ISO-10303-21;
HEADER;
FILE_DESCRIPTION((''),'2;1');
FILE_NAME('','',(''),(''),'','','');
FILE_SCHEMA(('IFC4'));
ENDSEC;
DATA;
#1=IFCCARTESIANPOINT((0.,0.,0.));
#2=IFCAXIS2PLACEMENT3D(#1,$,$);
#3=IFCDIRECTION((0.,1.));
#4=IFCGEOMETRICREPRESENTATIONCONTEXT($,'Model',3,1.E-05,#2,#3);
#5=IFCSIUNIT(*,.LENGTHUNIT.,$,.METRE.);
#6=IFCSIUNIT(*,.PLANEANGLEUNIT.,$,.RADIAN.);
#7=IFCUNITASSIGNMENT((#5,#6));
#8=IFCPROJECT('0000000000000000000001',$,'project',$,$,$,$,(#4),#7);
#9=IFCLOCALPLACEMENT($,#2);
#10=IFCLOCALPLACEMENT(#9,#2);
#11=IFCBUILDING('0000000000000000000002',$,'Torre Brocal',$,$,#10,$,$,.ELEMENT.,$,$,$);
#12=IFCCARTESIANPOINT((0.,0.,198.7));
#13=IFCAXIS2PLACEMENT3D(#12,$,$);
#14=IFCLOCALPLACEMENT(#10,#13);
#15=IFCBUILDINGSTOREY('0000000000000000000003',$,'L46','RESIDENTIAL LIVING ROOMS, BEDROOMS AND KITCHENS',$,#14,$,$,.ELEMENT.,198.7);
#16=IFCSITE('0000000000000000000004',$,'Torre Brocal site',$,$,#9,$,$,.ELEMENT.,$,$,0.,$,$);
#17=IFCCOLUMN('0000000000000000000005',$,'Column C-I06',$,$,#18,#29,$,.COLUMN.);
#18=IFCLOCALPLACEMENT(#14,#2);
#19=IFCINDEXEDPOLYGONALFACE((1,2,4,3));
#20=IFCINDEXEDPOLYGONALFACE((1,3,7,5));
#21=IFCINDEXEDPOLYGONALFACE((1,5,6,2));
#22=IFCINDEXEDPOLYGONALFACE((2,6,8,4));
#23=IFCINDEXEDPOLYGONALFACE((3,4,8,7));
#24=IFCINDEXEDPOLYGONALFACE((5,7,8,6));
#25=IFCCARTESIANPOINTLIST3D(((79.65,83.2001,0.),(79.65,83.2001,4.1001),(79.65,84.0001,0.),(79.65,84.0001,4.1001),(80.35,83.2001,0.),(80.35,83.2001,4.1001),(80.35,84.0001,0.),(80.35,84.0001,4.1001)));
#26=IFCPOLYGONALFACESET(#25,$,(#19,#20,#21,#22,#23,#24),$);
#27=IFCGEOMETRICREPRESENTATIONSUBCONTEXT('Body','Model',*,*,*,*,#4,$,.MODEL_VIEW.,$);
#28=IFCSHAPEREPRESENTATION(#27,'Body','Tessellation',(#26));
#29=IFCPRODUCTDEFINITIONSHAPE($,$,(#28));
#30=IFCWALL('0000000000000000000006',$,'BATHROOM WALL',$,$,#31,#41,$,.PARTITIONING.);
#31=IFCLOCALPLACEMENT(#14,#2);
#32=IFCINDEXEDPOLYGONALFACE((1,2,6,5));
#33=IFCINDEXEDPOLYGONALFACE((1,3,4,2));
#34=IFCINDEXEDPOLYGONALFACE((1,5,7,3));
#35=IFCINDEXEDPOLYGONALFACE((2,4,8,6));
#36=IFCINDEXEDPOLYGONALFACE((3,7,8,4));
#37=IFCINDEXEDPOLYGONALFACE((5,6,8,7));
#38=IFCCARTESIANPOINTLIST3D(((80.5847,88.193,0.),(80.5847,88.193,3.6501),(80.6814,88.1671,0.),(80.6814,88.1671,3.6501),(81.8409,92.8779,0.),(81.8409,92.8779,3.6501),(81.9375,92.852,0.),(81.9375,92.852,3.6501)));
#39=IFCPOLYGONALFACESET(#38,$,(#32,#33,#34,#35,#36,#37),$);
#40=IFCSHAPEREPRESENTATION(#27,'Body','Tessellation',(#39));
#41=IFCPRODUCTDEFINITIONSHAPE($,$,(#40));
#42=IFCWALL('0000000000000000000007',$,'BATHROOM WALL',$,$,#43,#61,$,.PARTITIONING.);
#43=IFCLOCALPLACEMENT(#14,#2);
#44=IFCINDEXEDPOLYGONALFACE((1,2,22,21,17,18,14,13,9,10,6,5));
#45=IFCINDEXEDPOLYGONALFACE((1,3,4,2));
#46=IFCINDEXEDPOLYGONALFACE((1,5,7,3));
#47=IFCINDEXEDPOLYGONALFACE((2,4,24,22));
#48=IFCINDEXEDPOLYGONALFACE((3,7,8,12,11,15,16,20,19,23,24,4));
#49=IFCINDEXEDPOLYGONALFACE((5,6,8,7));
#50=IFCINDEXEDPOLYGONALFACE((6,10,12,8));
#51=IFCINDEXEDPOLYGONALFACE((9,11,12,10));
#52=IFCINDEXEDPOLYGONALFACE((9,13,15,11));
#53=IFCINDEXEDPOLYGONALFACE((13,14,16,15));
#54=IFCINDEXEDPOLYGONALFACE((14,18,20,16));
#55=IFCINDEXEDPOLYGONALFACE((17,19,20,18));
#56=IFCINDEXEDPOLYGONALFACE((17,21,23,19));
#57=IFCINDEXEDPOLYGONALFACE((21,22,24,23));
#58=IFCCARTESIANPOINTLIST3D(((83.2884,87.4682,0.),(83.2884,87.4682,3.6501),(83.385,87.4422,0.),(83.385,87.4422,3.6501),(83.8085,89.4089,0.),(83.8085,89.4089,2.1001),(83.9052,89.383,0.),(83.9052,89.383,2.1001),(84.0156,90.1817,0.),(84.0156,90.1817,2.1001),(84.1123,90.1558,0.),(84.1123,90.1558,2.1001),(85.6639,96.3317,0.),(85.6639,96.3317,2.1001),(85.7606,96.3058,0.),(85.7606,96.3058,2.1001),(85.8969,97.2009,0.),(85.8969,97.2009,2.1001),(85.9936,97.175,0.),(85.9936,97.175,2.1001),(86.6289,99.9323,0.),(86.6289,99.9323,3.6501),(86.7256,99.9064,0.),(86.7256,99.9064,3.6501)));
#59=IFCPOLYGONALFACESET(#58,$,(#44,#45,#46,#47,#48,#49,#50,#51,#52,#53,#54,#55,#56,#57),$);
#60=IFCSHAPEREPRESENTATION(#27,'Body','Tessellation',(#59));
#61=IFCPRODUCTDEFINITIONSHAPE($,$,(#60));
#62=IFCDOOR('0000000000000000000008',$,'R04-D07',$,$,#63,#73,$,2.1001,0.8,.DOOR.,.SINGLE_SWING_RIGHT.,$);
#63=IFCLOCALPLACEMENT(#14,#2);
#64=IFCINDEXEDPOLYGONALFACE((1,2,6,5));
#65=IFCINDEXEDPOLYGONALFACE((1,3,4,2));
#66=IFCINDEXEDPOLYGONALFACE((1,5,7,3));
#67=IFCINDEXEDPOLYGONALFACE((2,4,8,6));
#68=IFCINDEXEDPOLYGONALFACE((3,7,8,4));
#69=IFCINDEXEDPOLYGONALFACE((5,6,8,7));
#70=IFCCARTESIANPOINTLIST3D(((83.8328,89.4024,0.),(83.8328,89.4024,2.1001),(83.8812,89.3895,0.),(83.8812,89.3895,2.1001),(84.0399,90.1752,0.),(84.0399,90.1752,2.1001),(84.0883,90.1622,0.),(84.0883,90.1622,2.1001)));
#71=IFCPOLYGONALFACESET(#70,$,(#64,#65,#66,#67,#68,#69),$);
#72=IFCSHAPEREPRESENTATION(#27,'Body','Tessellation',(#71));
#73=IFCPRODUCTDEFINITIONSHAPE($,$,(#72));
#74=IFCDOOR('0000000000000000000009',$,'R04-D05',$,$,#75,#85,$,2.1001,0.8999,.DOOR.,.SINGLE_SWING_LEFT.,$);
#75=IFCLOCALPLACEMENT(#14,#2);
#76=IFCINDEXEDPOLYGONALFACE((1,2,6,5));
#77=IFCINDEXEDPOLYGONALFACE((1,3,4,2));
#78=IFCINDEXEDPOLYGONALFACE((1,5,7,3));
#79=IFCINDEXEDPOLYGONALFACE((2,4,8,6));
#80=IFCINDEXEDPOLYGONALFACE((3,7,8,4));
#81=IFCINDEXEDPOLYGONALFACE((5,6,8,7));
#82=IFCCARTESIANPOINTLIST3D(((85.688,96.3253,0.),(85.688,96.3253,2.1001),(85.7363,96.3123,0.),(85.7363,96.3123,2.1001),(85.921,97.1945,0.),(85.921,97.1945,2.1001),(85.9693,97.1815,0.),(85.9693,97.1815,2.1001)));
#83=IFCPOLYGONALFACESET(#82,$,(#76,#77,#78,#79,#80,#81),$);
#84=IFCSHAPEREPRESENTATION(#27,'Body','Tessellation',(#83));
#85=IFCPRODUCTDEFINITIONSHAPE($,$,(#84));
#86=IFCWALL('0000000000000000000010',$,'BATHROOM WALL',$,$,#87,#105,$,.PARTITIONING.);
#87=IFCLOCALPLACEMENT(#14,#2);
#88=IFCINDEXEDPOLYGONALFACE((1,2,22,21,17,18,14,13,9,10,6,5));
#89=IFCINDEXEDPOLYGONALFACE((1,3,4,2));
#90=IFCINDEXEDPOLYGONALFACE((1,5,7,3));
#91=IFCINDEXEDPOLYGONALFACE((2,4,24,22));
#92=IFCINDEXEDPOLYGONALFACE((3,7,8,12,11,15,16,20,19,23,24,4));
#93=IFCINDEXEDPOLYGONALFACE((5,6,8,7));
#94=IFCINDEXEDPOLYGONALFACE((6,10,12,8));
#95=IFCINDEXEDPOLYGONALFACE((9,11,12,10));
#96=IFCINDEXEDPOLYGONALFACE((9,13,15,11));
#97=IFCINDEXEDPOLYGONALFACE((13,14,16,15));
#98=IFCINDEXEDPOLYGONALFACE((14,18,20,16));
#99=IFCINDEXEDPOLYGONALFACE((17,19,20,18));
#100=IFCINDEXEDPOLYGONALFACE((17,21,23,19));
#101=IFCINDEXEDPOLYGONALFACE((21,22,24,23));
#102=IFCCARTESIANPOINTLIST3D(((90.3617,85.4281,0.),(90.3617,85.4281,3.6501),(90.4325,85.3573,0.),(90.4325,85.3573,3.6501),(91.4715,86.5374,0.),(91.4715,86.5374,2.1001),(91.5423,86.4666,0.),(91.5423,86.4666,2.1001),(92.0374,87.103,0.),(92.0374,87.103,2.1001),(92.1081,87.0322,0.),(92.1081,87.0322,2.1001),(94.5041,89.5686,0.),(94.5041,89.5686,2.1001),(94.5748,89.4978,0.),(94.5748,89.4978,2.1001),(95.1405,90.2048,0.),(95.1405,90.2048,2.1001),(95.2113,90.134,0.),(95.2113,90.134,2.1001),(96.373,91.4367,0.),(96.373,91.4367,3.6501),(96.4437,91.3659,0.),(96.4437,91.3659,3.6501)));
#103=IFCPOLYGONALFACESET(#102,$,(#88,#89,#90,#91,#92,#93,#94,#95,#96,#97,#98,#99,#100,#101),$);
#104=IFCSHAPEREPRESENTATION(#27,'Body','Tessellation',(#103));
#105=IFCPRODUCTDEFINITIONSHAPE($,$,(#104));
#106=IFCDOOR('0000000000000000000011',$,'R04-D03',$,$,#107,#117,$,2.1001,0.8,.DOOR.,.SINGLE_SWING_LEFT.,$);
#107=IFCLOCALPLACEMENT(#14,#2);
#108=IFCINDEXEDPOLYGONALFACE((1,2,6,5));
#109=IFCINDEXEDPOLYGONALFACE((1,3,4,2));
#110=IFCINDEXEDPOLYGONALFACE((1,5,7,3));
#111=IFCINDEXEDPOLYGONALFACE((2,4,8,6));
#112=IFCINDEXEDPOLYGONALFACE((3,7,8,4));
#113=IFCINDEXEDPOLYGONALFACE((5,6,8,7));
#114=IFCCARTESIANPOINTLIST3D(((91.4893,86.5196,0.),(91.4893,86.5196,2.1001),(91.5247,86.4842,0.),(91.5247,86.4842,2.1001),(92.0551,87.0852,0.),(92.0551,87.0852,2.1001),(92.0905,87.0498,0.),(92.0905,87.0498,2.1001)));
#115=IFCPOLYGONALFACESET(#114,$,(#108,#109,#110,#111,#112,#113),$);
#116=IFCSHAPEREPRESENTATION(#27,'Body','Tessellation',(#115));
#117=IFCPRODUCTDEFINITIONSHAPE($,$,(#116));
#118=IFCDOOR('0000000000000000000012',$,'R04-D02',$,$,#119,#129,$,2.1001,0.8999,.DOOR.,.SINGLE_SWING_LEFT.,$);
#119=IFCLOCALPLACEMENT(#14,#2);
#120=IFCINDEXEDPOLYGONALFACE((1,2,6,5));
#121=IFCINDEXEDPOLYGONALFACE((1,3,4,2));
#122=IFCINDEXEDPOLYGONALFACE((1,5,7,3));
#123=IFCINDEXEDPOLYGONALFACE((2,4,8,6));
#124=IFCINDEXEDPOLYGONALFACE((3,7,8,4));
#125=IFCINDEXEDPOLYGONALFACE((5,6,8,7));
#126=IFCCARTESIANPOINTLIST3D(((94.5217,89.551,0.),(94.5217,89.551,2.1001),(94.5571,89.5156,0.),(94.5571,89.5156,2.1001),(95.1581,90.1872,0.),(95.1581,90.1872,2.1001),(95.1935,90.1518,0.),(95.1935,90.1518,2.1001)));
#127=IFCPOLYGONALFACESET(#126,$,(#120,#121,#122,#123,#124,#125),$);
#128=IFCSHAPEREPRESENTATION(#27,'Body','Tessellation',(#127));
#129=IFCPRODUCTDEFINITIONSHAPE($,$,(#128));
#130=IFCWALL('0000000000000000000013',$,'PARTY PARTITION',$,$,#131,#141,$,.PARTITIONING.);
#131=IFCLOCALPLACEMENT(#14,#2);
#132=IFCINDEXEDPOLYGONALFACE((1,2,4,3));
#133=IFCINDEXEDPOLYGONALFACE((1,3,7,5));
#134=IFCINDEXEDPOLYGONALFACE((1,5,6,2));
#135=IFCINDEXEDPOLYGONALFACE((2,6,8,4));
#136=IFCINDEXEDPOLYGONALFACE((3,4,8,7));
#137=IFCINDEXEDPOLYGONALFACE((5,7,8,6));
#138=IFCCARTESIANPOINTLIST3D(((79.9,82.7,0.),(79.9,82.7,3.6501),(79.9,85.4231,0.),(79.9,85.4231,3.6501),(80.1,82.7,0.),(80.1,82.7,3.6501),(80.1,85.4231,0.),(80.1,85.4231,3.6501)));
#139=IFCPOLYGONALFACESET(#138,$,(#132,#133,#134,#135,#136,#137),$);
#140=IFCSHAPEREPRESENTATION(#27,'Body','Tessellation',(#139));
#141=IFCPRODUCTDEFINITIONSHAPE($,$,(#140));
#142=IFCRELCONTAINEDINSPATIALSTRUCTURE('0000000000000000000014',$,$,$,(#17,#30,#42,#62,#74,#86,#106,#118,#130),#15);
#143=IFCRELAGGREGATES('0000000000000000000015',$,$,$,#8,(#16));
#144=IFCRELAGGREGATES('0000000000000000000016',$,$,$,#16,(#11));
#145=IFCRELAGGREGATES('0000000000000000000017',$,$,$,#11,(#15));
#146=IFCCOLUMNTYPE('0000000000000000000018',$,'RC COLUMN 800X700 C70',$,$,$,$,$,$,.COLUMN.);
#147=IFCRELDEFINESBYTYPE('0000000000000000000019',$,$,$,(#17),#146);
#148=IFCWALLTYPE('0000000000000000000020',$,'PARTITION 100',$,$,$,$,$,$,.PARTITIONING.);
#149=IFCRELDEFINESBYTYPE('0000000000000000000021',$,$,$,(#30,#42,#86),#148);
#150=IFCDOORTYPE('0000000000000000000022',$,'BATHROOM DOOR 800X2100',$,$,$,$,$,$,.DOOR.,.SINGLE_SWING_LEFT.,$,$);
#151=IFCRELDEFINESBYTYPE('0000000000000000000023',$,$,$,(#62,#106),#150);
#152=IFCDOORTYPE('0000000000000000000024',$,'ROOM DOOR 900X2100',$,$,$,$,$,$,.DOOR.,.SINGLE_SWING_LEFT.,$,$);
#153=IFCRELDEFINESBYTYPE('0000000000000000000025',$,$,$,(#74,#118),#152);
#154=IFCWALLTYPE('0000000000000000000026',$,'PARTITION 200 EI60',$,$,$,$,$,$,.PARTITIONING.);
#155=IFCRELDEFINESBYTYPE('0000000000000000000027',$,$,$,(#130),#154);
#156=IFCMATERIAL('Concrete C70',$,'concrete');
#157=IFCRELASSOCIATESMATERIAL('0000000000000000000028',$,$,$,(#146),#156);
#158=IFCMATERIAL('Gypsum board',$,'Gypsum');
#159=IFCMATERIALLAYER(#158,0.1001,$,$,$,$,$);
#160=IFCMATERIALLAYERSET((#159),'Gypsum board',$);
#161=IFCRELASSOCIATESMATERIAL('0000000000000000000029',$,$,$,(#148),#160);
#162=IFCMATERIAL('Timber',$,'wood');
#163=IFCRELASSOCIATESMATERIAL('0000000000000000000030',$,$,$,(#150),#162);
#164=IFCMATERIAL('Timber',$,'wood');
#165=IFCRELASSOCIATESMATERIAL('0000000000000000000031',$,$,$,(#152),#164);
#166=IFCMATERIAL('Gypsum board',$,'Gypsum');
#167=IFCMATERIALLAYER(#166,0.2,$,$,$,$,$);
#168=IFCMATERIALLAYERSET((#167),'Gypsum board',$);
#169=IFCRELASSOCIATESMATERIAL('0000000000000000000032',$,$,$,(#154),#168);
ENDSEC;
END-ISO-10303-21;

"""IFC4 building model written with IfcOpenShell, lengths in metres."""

from ifc_helpers import new_model, si_unit, direction, frame, frame_2d, origin, origin_2d, place, context, subcontext, project, spatial, rectangle, extrude, material, layer, layer_set, material_profile, profile_set, type_object, element, fill, save


model = new_model("IFC4")

# Units and contexts
model_context = context("Model", 3, precision=1e-05, world=origin(), true_north=direction((0.0, 1.0)))
body_context = subcontext(model_context, "Body", "Model", "MODEL_VIEW")
ifc_project = project(units=[si_unit("LENGTHUNIT", "METRE"), si_unit("PLANEANGLEUNIT", "RADIAN")], contexts=[model_context])

# Site, building, storey
site_placement = place(None, origin())
site = spatial("IfcSite", under=ifc_project, at=site_placement, Name="Torre Brocal site", CompositionType="ELEMENT", RefElevation=0.0)
building_placement = place(site_placement, origin())
building = spatial("IfcBuilding", under=site, at=building_placement, Name="Torre Brocal", CompositionType="ELEMENT")
storey_placement = place(building_placement, frame((0.0, 0.0, 198.7)))
storey = spatial("IfcBuildingStorey", under=building, at=storey_placement, Name="L46", Description="RESIDENTIAL LIVING ROOMS, BEDROOMS AND KITCHENS", CompositionType="ELEMENT", Elevation=198.7)

# Column
ifc_material_1 = material(Name="Concrete C70", Category="concrete")
ifc_material_profile = material_profile(ifc_material_1, rectangle(XDim=0.8, YDim=0.7, at=origin_2d()), Name="RC 800X700")
ifc_profile_set = profile_set([ifc_material_profile], Name="Concrete C70")
column_type = type_object("IfcColumnType", Name="RC COLUMN 800X700 C70", PredefinedType="COLUMN", material=ifc_profile_set)
column_placement = place(storey_placement, frame((80.0, 83.6001, 0.0), z_axis=(0.0, 0.0, 1.0), x_axis=(0.0, 1.0, 0.0)))
element("IfcColumn", 1, at=column_placement, inside=storey, type_object=column_type, Name="Column C-I06", PredefinedType="COLUMN", context=body_context, shape_type="SweptSolid", body=[
    extrude(rectangle(XDim=0.8, YDim=0.7, at=origin_2d()), origin(), (0.0, 0.0, 1.0), 4.1001),
])

# Wall
ifc_material_2 = material(Name="Gypsum board", Category="Gypsum")
ifc_layer_1 = layer(ifc_material_2, 0.1001)
ifc_layer_set_1 = layer_set([ifc_layer_1], Name="Gypsum board")
wall_type_1 = type_object("IfcWallType", Name="PARTITION 100", PredefinedType="PARTITIONING", material=ifc_layer_set_1)
wall_1_placement = place(storey_placement, frame((80.6331, 88.1799, 0.0), z_axis=(0.0, 0.0, 1.0), x_axis=(0.258975, 0.965884, 0.0)))
element("IfcWall", 2, at=wall_1_placement, inside=storey, type_object=wall_type_1, Name="BATHROOM WALL", PredefinedType="PARTITIONING", context=body_context, shape_type="SweptSolid", body=[
    extrude(rectangle(XDim=4.8503, YDim=0.1001, at=frame_2d((2.4253, 0.0))), origin(), (0.0, 0.0, 1.0), 3.6501),
])

# Walls, openings, doors
wall_2_placement = place(storey_placement, frame((83.3367, 87.4551, 0.0), z_axis=(0.0, 0.0, 1.0), x_axis=(0.258879, 0.96591, 0.0)))
wall_2 = element("IfcWall", 3, at=wall_2_placement, inside=storey, type_object=wall_type_1, Name="BATHROOM WALL", PredefinedType="PARTITIONING", context=body_context, shape_type="SweptSolid", body=[
    extrude(rectangle(XDim=12.9041, YDim=0.1001, at=frame_2d((6.4521, 0.0))), origin(), (0.0, 0.0, 1.0), 3.6501),
])
opening_1_placement = place(wall_2_placement, frame((9.1765, 0.0, 0.0)))
opening_1 = element("IfcOpeningElement", 4, at=opening_1_placement, cuts=wall_2, PredefinedType="OPENING", context=body_context, shape_type="SweptSolid", body=[
    extrude(rectangle(XDim=0.8999, YDim=2.1001, at=frame_2d((0.45, 1.05))), frame((0.0, 0.0601, 0.0), z_axis=(0.0, -1.0, 0.0), x_axis=(1.0, 0.0, 0.0)), (0.0, 0.0, 1.0), 0.1201),
])
opening_2_placement = place(wall_2_placement, frame((2.0095, 0.0, 0.0)))
opening_2 = element("IfcOpeningElement", 5, at=opening_2_placement, cuts=wall_2, PredefinedType="OPENING", context=body_context, shape_type="SweptSolid", body=[
    extrude(rectangle(XDim=0.8, YDim=2.1001, at=frame_2d((0.3999, 1.05))), frame((0.0, 0.0601, 0.0), z_axis=(0.0, -1.0, 0.0), x_axis=(1.0, 0.0, 0.0)), (0.0, 0.0, 1.0), 0.1201),
])
ifc_material_3 = material(Name="Timber", Category="wood")
door_type_1 = type_object("IfcDoorType", Name="BATHROOM DOOR 800X2100", OperationType="SINGLE_SWING_LEFT", PredefinedType="DOOR", material=ifc_material_3)
door_1_placement = place(opening_2_placement, origin())
door_1 = element("IfcDoor", 6, at=door_1_placement, inside=storey, type_object=door_type_1, Name="R04-D07", OperationType="SINGLE_SWING_RIGHT", OverallHeight=2.1001, OverallWidth=0.8, PredefinedType="DOOR", context=body_context, shape_type="SweptSolid", body=[
    extrude(rectangle(XDim=0.8, YDim=2.1001, at=frame_2d((0.3999, 1.05))), frame((0.0, 0.0249, 0.0), z_axis=(0.0, -1.0, 0.0), x_axis=(1.0, 0.0, 0.0)), (0.0, 0.0, 1.0), 0.05),
])
fill(opening_2, door_1)
ifc_material_4 = material(Name="Timber", Category="wood")
door_type_2 = type_object("IfcDoorType", Name="ROOM DOOR 900X2100", OperationType="SINGLE_SWING_LEFT", PredefinedType="DOOR", material=ifc_material_4)
door_2_placement = place(opening_1_placement, frame((0.8999, 0.0, 0.0), z_axis=(0.0, 0.0, 1.0), x_axis=(-1.0, 0.0, 0.0)))
door_2 = element("IfcDoor", 7, at=door_2_placement, inside=storey, type_object=door_type_2, Name="R04-D05", OperationType="SINGLE_SWING_LEFT", OverallHeight=2.1001, OverallWidth=0.8999, PredefinedType="DOOR", context=body_context, shape_type="SweptSolid", body=[
    extrude(rectangle(XDim=0.8999, YDim=2.1001, at=frame_2d((0.45, 1.05))), frame((0.0, 0.0249, 0.0), z_axis=(0.0, -1.0, 0.0), x_axis=(1.0, 0.0, 0.0)), (0.0, 0.0, 1.0), 0.05),
])
fill(opening_1, door_2)
wall_3_placement = place(storey_placement, frame((90.3972, 85.3928, 0.0), z_axis=(0.0, 0.0, 1.0), x_axis=(0.707265, 0.706949, 0.0)))
wall_3 = element("IfcWall", 8, at=wall_3_placement, inside=storey, type_object=wall_type_1, Name="BATHROOM WALL", PredefinedType="PARTITIONING", context=body_context, shape_type="SweptSolid", body=[
    extrude(rectangle(XDim=8.4993, YDim=0.1001, at=frame_2d((4.2495, 0.0))), origin(), (0.0, 0.0, 1.0), 3.6501),
])
opening_3_placement = place(wall_3_placement, frame((5.8567, 0.0, 0.0)))
opening_3 = element("IfcOpeningElement", 9, at=opening_3_placement, cuts=wall_3, PredefinedType="OPENING", context=body_context, shape_type="SweptSolid", body=[
    extrude(rectangle(XDim=0.8999, YDim=2.1001, at=frame_2d((0.45, 1.05))), frame((0.0, 0.0601, 0.0), z_axis=(0.0, -1.0, 0.0), x_axis=(1.0, 0.0, 0.0)), (0.0, 0.0, 1.0), 0.1201),
])
opening_4_placement = place(wall_3_placement, frame((1.5691, 0.0, 0.0)))
opening_4 = element("IfcOpeningElement", 10, at=opening_4_placement, cuts=wall_3, PredefinedType="OPENING", context=body_context, shape_type="SweptSolid", body=[
    extrude(rectangle(XDim=0.8, YDim=2.1001, at=frame_2d((0.3999, 1.05))), frame((0.0, 0.0601, 0.0), z_axis=(0.0, -1.0, 0.0), x_axis=(1.0, 0.0, 0.0)), (0.0, 0.0, 1.0), 0.1201),
])
door_3_placement = place(opening_4_placement, origin())
door_3 = element("IfcDoor", 11, at=door_3_placement, inside=storey, type_object=door_type_1, Name="R04-D03", OperationType="SINGLE_SWING_LEFT", OverallHeight=2.1001, OverallWidth=0.8, PredefinedType="DOOR", context=body_context, shape_type="SweptSolid", body=[
    extrude(rectangle(XDim=0.8, YDim=2.1001, at=frame_2d((0.3999, 1.05))), frame((0.0, 0.0249, 0.0), z_axis=(0.0, -1.0, 0.0), x_axis=(1.0, 0.0, 0.0)), (0.0, 0.0, 1.0), 0.05),
])
fill(opening_4, door_3)
door_4_placement = place(opening_3_placement, frame((0.8999, 0.0, 0.0), z_axis=(0.0, 0.0, 1.0), x_axis=(-1.0, 0.0, 0.0)))
door_4 = element("IfcDoor", 12, at=door_4_placement, inside=storey, type_object=door_type_2, Name="R04-D02", OperationType="SINGLE_SWING_LEFT", OverallHeight=2.1001, OverallWidth=0.8999, PredefinedType="DOOR", context=body_context, shape_type="SweptSolid", body=[
    extrude(rectangle(XDim=0.8999, YDim=2.1001, at=frame_2d((0.45, 1.05))), frame((0.0, 0.0249, 0.0), z_axis=(0.0, -1.0, 0.0), x_axis=(1.0, 0.0, 0.0)), (0.0, 0.0, 1.0), 0.05),
])
fill(opening_3, door_4)

# Wall
ifc_material_5 = material(Name="Gypsum board", Category="Gypsum")
ifc_layer_2 = layer(ifc_material_5, 0.2)
ifc_layer_set_2 = layer_set([ifc_layer_2], Name="Gypsum board")
wall_type_2 = type_object("IfcWallType", Name="PARTITION 200 EI60", PredefinedType="PARTITIONING", material=ifc_layer_set_2)
wall_4_placement = place(storey_placement, frame((80.0, 82.7, 0.0), z_axis=(0.0, 0.0, 1.0), x_axis=(0.0, 1.0, 0.0)))
element("IfcWall", 13, at=wall_4_placement, inside=storey, type_object=wall_type_2, Name="PARTY PARTITION", PredefinedType="PARTITIONING", context=body_context, shape_type="SweptSolid", body=[
    extrude(rectangle(XDim=2.7231, YDim=0.2, at=frame_2d((1.3616, 0.0))), origin(), (0.0, 0.0, 1.0), 3.6501),
])

save(model, "model.ifc")
